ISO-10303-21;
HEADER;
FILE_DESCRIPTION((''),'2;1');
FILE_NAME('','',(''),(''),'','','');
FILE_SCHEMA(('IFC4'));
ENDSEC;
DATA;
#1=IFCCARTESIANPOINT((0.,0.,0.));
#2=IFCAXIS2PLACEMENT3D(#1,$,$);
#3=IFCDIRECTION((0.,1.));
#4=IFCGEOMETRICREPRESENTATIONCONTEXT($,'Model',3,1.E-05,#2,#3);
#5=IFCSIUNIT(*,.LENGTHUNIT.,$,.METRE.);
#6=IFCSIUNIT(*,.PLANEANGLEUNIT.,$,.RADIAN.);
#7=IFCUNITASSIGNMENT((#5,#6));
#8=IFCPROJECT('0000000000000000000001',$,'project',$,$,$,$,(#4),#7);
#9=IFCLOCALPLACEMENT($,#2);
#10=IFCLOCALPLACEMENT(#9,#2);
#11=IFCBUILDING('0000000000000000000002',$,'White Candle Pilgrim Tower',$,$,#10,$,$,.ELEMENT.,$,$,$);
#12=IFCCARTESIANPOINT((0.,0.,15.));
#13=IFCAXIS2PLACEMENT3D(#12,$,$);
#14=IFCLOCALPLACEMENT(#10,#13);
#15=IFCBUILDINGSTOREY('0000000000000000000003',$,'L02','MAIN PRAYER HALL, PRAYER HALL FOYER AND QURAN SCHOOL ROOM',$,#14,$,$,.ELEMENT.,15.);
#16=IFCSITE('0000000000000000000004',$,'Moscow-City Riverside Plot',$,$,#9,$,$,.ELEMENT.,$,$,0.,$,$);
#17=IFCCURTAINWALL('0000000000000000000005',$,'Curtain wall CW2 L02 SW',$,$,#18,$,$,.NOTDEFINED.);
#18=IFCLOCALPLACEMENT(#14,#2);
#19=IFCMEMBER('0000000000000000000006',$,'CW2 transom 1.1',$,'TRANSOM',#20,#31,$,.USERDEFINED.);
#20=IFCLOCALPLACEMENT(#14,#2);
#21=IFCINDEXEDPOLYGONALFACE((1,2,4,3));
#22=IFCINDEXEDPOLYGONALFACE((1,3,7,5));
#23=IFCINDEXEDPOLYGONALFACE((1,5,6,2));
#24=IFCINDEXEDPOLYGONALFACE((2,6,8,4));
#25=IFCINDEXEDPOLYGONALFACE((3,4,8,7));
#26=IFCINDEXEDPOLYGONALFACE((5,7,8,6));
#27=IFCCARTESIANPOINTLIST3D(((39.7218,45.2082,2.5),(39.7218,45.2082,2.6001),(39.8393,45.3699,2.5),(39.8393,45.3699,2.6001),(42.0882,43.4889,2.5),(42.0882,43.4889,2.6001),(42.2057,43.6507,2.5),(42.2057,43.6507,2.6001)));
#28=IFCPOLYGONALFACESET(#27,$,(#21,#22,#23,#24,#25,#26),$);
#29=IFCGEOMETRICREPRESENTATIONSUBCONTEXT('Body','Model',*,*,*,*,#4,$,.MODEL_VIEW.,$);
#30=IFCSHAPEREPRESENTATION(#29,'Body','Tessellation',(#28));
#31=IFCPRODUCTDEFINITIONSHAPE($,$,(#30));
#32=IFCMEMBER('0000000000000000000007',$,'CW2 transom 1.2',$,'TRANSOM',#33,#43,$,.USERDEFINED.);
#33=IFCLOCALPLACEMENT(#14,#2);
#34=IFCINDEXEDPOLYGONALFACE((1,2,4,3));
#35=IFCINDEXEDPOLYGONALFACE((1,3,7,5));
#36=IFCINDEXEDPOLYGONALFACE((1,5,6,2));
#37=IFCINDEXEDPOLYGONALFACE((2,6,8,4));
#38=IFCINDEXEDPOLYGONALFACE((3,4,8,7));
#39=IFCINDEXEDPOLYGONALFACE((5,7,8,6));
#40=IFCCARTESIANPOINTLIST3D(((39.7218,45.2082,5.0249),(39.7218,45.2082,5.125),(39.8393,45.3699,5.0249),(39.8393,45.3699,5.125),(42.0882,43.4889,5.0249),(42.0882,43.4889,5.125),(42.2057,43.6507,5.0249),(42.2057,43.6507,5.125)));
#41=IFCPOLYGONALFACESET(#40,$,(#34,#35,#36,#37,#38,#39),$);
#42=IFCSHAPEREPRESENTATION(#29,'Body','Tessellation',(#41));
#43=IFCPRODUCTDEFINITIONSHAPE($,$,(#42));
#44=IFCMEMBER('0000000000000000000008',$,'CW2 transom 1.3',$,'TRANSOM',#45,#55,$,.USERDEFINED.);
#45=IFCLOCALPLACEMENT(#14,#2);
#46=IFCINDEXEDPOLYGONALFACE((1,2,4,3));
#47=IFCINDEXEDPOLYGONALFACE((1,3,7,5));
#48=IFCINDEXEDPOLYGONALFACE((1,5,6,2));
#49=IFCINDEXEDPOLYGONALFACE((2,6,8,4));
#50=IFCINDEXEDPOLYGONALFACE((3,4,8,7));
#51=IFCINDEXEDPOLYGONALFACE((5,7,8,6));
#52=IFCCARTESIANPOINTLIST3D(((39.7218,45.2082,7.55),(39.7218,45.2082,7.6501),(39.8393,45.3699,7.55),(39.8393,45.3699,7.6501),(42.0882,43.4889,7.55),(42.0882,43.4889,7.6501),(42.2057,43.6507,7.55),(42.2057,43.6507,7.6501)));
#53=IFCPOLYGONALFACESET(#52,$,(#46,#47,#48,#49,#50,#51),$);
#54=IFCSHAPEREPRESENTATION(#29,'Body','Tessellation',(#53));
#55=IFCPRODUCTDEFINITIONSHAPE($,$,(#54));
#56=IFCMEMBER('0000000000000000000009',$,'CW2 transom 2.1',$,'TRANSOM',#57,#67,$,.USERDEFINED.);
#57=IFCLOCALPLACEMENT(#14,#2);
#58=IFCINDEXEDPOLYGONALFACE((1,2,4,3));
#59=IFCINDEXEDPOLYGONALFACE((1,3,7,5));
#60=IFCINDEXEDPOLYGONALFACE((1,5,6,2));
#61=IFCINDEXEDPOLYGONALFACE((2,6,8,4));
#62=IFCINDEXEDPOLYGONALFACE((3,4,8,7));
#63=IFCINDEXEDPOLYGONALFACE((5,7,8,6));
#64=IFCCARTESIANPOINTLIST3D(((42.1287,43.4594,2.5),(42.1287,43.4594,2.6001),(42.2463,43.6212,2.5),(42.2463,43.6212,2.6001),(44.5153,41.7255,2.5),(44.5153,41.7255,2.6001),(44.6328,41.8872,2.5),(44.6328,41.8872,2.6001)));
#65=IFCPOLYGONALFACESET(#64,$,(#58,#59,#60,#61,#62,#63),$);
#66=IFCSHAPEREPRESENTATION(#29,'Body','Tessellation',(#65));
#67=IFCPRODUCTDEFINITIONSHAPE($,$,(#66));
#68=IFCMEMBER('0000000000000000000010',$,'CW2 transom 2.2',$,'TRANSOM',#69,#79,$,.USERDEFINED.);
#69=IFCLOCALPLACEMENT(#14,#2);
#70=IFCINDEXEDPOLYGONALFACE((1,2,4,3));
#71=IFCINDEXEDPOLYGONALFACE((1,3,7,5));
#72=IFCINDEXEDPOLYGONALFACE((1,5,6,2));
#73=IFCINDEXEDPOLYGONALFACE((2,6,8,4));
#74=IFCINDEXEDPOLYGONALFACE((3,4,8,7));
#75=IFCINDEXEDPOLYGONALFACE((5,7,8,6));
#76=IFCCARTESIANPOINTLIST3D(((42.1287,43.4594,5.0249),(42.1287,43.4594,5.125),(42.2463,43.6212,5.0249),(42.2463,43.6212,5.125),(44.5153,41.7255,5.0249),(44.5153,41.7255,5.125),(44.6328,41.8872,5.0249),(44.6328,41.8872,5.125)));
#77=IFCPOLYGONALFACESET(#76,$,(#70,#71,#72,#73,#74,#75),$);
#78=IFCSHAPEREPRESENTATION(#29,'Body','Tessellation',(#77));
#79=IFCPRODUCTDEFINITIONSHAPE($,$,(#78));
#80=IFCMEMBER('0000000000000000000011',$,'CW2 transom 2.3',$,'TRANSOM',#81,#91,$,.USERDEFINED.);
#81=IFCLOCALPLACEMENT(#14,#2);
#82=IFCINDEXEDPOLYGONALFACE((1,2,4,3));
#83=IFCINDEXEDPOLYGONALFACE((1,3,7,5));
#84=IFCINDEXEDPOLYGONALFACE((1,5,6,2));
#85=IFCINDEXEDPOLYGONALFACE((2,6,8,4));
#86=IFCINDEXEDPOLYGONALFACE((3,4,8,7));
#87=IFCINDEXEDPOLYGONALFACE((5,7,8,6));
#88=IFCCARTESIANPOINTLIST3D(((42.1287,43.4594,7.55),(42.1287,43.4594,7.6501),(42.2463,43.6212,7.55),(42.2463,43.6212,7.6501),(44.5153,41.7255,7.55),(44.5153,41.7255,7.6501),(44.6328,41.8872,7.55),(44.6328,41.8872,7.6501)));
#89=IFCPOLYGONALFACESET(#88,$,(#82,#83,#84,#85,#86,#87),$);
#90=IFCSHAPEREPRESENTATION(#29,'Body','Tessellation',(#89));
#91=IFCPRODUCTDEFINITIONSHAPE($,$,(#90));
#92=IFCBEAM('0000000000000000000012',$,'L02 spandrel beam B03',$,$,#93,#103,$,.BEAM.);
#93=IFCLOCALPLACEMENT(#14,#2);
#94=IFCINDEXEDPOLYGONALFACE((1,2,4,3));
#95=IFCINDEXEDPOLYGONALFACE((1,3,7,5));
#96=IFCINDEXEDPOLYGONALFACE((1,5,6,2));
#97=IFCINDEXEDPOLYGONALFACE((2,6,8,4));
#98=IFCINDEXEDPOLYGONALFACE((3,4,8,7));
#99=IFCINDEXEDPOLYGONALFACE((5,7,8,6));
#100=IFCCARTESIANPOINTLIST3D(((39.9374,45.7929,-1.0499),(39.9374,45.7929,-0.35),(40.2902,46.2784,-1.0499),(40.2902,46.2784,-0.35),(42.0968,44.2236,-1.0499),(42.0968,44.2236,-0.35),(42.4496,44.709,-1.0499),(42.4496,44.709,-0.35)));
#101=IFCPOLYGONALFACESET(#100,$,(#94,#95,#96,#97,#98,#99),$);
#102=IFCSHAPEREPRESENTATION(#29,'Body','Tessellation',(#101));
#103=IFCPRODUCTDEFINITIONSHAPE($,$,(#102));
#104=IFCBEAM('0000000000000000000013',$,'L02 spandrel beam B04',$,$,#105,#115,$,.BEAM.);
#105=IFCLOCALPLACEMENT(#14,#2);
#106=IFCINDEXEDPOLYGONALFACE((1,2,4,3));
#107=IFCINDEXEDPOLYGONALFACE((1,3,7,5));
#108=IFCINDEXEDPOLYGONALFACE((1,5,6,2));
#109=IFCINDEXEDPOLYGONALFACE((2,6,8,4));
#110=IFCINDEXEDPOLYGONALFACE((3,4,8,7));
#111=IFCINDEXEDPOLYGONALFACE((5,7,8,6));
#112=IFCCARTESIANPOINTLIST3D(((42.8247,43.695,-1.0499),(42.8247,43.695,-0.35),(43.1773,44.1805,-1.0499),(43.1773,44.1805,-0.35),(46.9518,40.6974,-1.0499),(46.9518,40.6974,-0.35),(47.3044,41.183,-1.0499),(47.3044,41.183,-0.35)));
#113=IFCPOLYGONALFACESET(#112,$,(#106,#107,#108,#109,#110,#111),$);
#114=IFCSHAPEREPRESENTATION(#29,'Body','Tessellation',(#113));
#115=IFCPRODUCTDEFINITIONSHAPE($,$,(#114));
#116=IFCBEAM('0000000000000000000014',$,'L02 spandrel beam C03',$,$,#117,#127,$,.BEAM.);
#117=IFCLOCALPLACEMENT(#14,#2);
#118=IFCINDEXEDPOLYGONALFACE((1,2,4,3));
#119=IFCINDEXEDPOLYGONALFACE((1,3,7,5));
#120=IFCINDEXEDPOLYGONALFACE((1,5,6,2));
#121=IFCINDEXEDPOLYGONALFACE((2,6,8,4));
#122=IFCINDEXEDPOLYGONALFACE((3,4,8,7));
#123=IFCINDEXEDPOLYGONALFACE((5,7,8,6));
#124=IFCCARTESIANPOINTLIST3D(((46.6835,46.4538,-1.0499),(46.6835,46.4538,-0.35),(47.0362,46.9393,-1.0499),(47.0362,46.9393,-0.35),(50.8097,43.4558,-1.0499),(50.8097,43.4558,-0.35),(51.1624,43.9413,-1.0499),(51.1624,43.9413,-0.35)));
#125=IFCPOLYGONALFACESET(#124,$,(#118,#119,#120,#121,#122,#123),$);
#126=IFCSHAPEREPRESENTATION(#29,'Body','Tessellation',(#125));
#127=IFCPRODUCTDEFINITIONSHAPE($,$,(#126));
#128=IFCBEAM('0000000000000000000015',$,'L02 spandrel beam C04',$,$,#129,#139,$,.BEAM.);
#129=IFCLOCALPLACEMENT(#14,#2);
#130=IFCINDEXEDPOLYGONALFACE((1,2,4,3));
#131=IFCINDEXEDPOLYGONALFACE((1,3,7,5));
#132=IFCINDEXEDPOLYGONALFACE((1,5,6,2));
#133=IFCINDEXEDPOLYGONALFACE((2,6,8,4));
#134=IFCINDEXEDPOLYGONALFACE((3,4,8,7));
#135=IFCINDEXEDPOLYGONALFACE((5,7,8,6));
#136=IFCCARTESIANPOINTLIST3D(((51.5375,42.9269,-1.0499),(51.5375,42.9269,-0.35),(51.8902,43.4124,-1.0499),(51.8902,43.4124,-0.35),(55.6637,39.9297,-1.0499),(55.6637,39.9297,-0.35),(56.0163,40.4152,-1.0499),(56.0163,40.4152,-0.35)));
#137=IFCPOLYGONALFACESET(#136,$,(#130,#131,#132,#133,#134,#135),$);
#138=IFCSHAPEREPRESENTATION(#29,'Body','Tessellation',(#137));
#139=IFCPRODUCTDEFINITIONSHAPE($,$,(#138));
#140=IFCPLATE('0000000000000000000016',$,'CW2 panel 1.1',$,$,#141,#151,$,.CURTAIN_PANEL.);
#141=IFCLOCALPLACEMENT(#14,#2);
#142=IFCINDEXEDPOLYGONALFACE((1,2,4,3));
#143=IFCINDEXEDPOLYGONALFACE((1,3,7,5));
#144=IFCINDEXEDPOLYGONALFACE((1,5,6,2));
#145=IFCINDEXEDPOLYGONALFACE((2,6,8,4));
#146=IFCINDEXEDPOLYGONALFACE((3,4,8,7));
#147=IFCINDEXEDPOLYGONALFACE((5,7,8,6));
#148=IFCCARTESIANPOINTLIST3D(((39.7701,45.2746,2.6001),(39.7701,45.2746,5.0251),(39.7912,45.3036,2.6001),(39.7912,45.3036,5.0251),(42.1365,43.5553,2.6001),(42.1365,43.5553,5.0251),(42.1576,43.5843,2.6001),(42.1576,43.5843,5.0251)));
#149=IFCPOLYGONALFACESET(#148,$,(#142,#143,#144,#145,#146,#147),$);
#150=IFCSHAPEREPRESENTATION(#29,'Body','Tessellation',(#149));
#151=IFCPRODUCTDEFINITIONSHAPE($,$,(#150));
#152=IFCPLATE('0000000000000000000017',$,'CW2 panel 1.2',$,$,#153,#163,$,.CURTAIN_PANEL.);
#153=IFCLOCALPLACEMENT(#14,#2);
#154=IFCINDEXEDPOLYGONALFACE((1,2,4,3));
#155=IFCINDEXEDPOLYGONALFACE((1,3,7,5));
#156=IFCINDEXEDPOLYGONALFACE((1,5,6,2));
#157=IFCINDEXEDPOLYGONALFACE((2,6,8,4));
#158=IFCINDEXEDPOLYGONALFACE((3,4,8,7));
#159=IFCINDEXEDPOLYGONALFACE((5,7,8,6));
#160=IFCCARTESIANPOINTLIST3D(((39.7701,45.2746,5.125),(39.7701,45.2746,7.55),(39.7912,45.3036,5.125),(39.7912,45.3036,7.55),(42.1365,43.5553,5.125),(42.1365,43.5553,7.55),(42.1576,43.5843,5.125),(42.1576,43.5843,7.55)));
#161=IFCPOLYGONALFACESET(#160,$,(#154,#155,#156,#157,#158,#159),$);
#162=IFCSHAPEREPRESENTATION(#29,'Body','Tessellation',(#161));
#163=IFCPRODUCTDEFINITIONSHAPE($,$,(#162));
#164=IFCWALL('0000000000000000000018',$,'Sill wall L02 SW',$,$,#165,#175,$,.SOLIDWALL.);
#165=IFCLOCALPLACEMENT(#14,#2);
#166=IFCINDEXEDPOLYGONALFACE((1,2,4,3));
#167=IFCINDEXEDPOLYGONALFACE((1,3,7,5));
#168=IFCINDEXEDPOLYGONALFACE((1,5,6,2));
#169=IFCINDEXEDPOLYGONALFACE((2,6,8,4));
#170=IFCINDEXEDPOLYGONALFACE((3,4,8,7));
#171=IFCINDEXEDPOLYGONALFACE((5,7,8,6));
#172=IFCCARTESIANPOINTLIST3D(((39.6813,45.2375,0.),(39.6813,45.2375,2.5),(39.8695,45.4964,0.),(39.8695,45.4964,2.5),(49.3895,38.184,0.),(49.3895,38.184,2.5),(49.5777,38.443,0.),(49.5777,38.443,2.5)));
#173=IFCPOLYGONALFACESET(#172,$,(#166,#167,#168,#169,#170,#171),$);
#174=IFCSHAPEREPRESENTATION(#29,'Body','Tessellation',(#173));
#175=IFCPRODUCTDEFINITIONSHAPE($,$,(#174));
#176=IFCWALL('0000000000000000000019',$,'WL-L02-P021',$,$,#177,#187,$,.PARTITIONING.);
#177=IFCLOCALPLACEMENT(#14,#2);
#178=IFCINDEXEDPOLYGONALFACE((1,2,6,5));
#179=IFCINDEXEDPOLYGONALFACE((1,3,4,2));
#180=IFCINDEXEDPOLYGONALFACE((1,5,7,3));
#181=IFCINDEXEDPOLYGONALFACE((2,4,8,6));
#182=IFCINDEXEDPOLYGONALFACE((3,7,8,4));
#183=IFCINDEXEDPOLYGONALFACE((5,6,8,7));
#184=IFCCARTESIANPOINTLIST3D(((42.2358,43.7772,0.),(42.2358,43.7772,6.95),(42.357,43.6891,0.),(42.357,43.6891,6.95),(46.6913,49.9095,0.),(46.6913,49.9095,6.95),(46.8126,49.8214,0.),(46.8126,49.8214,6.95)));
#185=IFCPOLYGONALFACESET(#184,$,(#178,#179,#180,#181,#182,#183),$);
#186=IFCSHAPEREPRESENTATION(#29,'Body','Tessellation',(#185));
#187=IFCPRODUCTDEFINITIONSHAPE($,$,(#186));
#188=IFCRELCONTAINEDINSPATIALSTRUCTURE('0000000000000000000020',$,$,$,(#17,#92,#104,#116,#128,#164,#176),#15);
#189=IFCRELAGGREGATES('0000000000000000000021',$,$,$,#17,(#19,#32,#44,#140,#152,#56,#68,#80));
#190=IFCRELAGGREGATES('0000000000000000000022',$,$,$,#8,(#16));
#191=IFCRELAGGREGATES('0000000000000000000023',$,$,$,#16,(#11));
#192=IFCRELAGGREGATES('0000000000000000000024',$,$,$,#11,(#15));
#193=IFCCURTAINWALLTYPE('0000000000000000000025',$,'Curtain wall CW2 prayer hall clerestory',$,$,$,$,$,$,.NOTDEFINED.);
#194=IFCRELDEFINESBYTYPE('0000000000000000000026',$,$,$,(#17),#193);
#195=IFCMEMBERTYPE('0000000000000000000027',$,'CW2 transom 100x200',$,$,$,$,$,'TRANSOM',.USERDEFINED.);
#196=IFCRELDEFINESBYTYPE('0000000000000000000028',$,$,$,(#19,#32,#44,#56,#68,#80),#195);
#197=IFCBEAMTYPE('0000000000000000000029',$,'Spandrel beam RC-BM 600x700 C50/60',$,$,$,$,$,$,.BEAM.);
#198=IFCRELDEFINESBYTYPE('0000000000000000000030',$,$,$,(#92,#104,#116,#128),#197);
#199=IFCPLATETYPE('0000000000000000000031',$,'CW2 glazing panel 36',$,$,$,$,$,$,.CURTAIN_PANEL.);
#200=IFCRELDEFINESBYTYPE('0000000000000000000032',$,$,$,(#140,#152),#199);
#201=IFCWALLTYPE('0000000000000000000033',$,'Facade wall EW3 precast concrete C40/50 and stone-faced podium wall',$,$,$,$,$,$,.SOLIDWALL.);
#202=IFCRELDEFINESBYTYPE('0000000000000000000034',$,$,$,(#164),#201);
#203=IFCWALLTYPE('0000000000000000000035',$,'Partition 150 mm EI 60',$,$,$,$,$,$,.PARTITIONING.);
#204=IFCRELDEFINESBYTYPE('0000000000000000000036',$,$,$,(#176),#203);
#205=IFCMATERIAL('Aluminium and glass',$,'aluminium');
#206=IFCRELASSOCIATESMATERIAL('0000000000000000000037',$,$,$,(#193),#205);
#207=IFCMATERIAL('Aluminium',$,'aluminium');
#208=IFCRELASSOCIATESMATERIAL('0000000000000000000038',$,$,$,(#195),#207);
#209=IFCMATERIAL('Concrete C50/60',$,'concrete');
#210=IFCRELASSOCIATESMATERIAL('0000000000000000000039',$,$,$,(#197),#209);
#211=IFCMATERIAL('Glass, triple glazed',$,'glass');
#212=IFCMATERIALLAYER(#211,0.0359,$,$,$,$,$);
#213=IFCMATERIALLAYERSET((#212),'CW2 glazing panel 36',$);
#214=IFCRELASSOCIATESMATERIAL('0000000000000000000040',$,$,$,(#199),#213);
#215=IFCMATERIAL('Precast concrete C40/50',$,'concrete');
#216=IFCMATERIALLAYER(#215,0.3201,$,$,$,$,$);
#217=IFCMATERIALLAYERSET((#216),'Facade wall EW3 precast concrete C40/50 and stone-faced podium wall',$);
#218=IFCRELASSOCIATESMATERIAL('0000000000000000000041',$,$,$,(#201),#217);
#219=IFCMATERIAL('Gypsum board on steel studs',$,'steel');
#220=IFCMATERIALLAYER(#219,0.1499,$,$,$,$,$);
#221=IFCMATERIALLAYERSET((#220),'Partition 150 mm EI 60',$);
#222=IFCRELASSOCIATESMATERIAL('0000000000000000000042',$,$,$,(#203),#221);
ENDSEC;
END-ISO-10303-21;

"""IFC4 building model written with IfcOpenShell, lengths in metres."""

from ifc_helpers import new_model, si_unit, direction, frame, frame_2d, origin, origin_2d, place, context, subcontext, project, spatial, rectangle, extrude, material, layer, layer_set, material_profile, profile_set, type_object, element, aggregate, save


model = new_model("IFC4")

# Units and contexts
model_context = context("Model", 3, precision=1e-05, world=origin(), true_north=direction((0.0, 1.0)))
body_context = subcontext(model_context, "Body", "Model", "MODEL_VIEW")
ifc_project = project(units=[si_unit("LENGTHUNIT", "METRE"), si_unit("PLANEANGLEUNIT", "RADIAN")], contexts=[model_context])

# Site, building, storey
site_placement = place(None, origin())
site = spatial("IfcSite", under=ifc_project, at=site_placement, Name="Moscow-City Riverside Plot", CompositionType="ELEMENT", RefElevation=0.0)
building_placement = place(site_placement, origin())
building = spatial("IfcBuilding", under=site, at=building_placement, Name="White Candle Pilgrim Tower", CompositionType="ELEMENT")
storey_placement = place(building_placement, frame((0.0, 0.0, 15.0)))
storey = spatial("IfcBuildingStorey", under=building, at=storey_placement, Name="L02", Description="MAIN PRAYER HALL, PRAYER HALL FOYER AND QURAN SCHOOL ROOM", CompositionType="ELEMENT", Elevation=15.0)

# Curtain wall, members
ifc_material_1 = material(Name="Aluminium and glass", Category="aluminium")
curtain_wall_type = type_object("IfcCurtainWallType", Name="Curtain wall CW2 prayer hall clerestory", PredefinedType="NOTDEFINED", material=ifc_material_1)
curtain_wall_placement = place(storey_placement, origin())
curtain_wall = element("IfcCurtainWall", 1, at=curtain_wall_placement, inside=storey, type_object=curtain_wall_type, Name="Curtain wall CW2 L02 SW", PredefinedType="NOTDEFINED")
ifc_material_2 = material(Name="Aluminium", Category="aluminium")
ifc_material_profile_1 = material_profile(ifc_material_2, rectangle(XDim=0.2, YDim=0.1001, at=origin_2d()), Name="CW2 transom 100x200")
ifc_profile_set_1 = profile_set([ifc_material_profile_1], Name="Aluminium")
member_type_1 = type_object("IfcMemberType", Name="CW2 transom 100x200", ElementType="TRANSOM", PredefinedType="USERDEFINED", material=ifc_profile_set_1)
member_1_placement = place(storey_placement, frame((39.7805, 45.2891, 2.55), z_axis=(0.809032, -0.587765, 0.0), x_axis=(0.587765, 0.809032, 0.0)))
member_1 = element("IfcMember", 2, at=member_1_placement, type_object=member_type_1, Name="CW2 transom 1.1", ObjectType="TRANSOM", PredefinedType="USERDEFINED", context=body_context, shape_type="SweptSolid", body=[
    extrude(rectangle(XDim=0.2, YDim=0.1001, at=origin_2d()), origin(), (0.0, 0.0, 1.0), 2.925),
])
member_2_placement = place(storey_placement, frame((39.7805, 45.2891, 5.075), z_axis=(0.809032, -0.587765, 0.0), x_axis=(0.587765, 0.809032, 0.0)))
member_2 = element("IfcMember", 3, at=member_2_placement, type_object=member_type_1, Name="CW2 transom 1.2", ObjectType="TRANSOM", PredefinedType="USERDEFINED", context=body_context, shape_type="SweptSolid", body=[
    extrude(rectangle(XDim=0.2, YDim=0.1001, at=origin_2d()), origin(), (0.0, 0.0, 1.0), 2.925),
])
member_3_placement = place(storey_placement, frame((39.7805, 45.2891, 7.6001), z_axis=(0.809032, -0.587765, 0.0), x_axis=(0.587765, 0.809032, 0.0)))
member_3 = element("IfcMember", 4, at=member_3_placement, type_object=member_type_1, Name="CW2 transom 1.3", ObjectType="TRANSOM", PredefinedType="USERDEFINED", context=body_context, shape_type="SweptSolid", body=[
    extrude(rectangle(XDim=0.2, YDim=0.1001, at=origin_2d()), origin(), (0.0, 0.0, 1.0), 2.925),
])
member_4_placement = place(storey_placement, frame((42.1875, 43.5403, 2.55), z_axis=(0.809015, -0.587788, 0.0), x_axis=(0.587788, 0.809015, 0.0)))
member_4 = element("IfcMember", 5, at=member_4_placement, type_object=member_type_1, Name="CW2 transom 2.1", ObjectType="TRANSOM", PredefinedType="USERDEFINED", context=body_context, shape_type="SweptSolid", body=[
    extrude(rectangle(XDim=0.2, YDim=0.1001, at=origin_2d()), origin(), (0.0, 0.0, 1.0), 2.95),
])
member_5_placement = place(storey_placement, frame((42.1875, 43.5403, 5.075), z_axis=(0.809015, -0.587788, 0.0), x_axis=(0.587788, 0.809015, 0.0)))
member_5 = element("IfcMember", 6, at=member_5_placement, type_object=member_type_1, Name="CW2 transom 2.2", ObjectType="TRANSOM", PredefinedType="USERDEFINED", context=body_context, shape_type="SweptSolid", body=[
    extrude(rectangle(XDim=0.2, YDim=0.1001, at=origin_2d()), origin(), (0.0, 0.0, 1.0), 2.95),
])
member_6_placement = place(storey_placement, frame((42.1875, 43.5403, 7.6001), z_axis=(0.809015, -0.587788, 0.0), x_axis=(0.587788, 0.809015, 0.0)))
member_6 = element("IfcMember", 7, at=member_6_placement, type_object=member_type_1, Name="CW2 transom 2.3", ObjectType="TRANSOM", PredefinedType="USERDEFINED", context=body_context, shape_type="SweptSolid", body=[
    extrude(rectangle(XDim=0.2, YDim=0.1001, at=origin_2d()), origin(), (0.0, 0.0, 1.0), 2.95),
])

# Beams
ifc_material_3 = material(Name="Concrete C50/60", Category="concrete")
ifc_material_profile_2 = material_profile(ifc_material_3, rectangle(XDim=0.6001, YDim=0.7, at=origin_2d()), Name="RC-BM 600x700")
ifc_profile_set_2 = profile_set([ifc_material_profile_2], Name="Concrete C50/60")
beam_type = type_object("IfcBeamType", Name="Spandrel beam RC-BM 600x700 C50/60", PredefinedType="BEAM", material=ifc_profile_set_2)
beam_1_placement = place(storey_placement, frame((40.1138, 46.0356, -0.7), z_axis=(0.808942, -0.587889, 0.0), x_axis=(0.587889, 0.808942, 0.0)))
element("IfcBeam", 8, at=beam_1_placement, inside=storey, type_object=beam_type, Name="L02 spandrel beam B03", PredefinedType="BEAM", context=body_context, shape_type="SweptSolid", body=[
    extrude(rectangle(XDim=0.6001, YDim=0.7, at=origin_2d()), origin(), (0.0, 0.0, 1.0), 2.6694),
])
beam_2_placement = place(storey_placement, frame((43.001, 43.9377, -0.7), z_axis=(0.809113, -0.587654, 0.0), x_axis=(0.587654, 0.809113, 0.0)))
element("IfcBeam", 9, at=beam_2_placement, inside=storey, type_object=beam_type, Name="L02 spandrel beam B04", PredefinedType="BEAM", context=body_context, shape_type="SweptSolid", body=[
    extrude(rectangle(XDim=0.6001, YDim=0.7, at=origin_2d()), origin(), (0.0, 0.0, 1.0), 5.1008),
])
beam_3_placement = place(storey_placement, frame((46.8599, 46.6965, -0.7), z_axis=(0.809001, -0.587807, 0.0), x_axis=(0.587807, 0.809001, 0.0)))
element("IfcBeam", 10, at=beam_3_placement, inside=storey, type_object=beam_type, Name="L02 spandrel beam C03", PredefinedType="BEAM", context=body_context, shape_type="SweptSolid", body=[
    extrude(rectangle(XDim=0.6001, YDim=0.7, at=origin_2d()), origin(), (0.0, 0.0, 1.0), 5.1003),
])
beam_4_placement = place(storey_placement, frame((51.7139, 43.1697, -0.7), z_axis=(0.809069, -0.587713, 0.0), x_axis=(0.587713, 0.809069, 0.0)))
element("IfcBeam", 11, at=beam_4_placement, inside=storey, type_object=beam_type, Name="L02 spandrel beam C04", PredefinedType="BEAM", context=body_context, shape_type="SweptSolid", body=[
    extrude(rectangle(XDim=0.6001, YDim=0.7, at=origin_2d()), origin(), (0.0, 0.0, 1.0), 5.0999),
])

# Plates
ifc_material_4 = material(Name="Glass, triple glazed", Category="glass")
ifc_layer_1 = layer(ifc_material_4, 0.0359)
ifc_layer_set_1 = layer_set([ifc_layer_1], Name="CW2 glazing panel 36")
plate_type = type_object("IfcPlateType", Name="CW2 glazing panel 36", PredefinedType="CURTAIN_PANEL", material=ifc_layer_set_1)
plate_1_placement = place(storey_placement, frame((40.9639, 44.4294, 2.6001), z_axis=(0.0, 0.0, 1.0), x_axis=(0.809017, -0.587785, 0.0)))
plate_1 = element("IfcPlate", 12, at=plate_1_placement, type_object=plate_type, Name="CW2 panel 1.1", PredefinedType="CURTAIN_PANEL", context=body_context, shape_type="SweptSolid", body=[
    extrude(rectangle(XDim=2.925, YDim=0.0359, at=origin_2d()), origin(), (0.0, 0.0, 1.0), 2.425),
])
plate_2_placement = place(storey_placement, frame((40.9639, 44.4294, 5.125), z_axis=(0.0, 0.0, 1.0), x_axis=(0.809017, -0.587785, 0.0)))
plate_2 = element("IfcPlate", 13, at=plate_2_placement, type_object=plate_type, Name="CW2 panel 1.2", PredefinedType="CURTAIN_PANEL", context=body_context, shape_type="SweptSolid", body=[
    extrude(rectangle(XDim=2.925, YDim=0.0359, at=origin_2d()), origin(), (0.0, 0.0, 1.0), 2.425),
])
aggregate(curtain_wall, [member_1, member_2, member_3, plate_1, plate_2, member_4, member_5, member_6])

# Walls
ifc_material_5 = material(Name="Precast concrete C40/50", Category="concrete")
ifc_layer_2 = layer(ifc_material_5, 0.3201)
ifc_layer_set_2 = layer_set([ifc_layer_2], Name="Facade wall EW3 precast concrete C40/50 and stone-faced podium wall")
wall_type_1 = type_object("IfcWallType", Name="Facade wall EW3 precast concrete C40/50 and stone-faced podium wall", PredefinedType="SOLIDWALL", material=ifc_layer_set_2)
wall_1_placement = place(storey_placement, frame((39.7754, 45.3669, 0.0), z_axis=(0.0, 0.0, 1.0), x_axis=(0.809017, -0.587786, 0.0)))
element("IfcWall", 14, at=wall_1_placement, inside=storey, type_object=wall_type_1, Name="Sill wall L02 SW", PredefinedType="SOLIDWALL", context=body_context, shape_type="SweptSolid", body=[
    extrude(rectangle(XDim=12.0, YDim=0.3201, at=frame_2d((6.0, 0.0))), origin(), (0.0, 0.0, 1.0), 2.5),
])
ifc_material_6 = material(Name="Gypsum board on steel studs", Category="steel")
ifc_layer_3 = layer(ifc_material_6, 0.1499)
ifc_layer_set_3 = layer_set([ifc_layer_3], Name="Partition 150 mm EI 60")
wall_type_2 = type_object("IfcWallType", Name="Partition 150 mm EI 60", PredefinedType="PARTITIONING", material=ifc_layer_set_3)
wall_2_placement = place(storey_placement, frame((42.2964, 43.7332, 0.0), z_axis=(0.0, 0.0, 1.0), x_axis=(0.5878, 0.809006, 0.0)))
element("IfcWall", 15, at=wall_2_placement, inside=storey, type_object=wall_type_2, Name="WL-L02-P021", PredefinedType="PARTITIONING", context=body_context, shape_type="SweptSolid", body=[
    extrude(rectangle(XDim=7.5801, YDim=0.1499, at=frame_2d((3.79, 0.0))), origin(), (0.0, 0.0, 1.0), 6.95),
])

save(model, "model.ifc")
